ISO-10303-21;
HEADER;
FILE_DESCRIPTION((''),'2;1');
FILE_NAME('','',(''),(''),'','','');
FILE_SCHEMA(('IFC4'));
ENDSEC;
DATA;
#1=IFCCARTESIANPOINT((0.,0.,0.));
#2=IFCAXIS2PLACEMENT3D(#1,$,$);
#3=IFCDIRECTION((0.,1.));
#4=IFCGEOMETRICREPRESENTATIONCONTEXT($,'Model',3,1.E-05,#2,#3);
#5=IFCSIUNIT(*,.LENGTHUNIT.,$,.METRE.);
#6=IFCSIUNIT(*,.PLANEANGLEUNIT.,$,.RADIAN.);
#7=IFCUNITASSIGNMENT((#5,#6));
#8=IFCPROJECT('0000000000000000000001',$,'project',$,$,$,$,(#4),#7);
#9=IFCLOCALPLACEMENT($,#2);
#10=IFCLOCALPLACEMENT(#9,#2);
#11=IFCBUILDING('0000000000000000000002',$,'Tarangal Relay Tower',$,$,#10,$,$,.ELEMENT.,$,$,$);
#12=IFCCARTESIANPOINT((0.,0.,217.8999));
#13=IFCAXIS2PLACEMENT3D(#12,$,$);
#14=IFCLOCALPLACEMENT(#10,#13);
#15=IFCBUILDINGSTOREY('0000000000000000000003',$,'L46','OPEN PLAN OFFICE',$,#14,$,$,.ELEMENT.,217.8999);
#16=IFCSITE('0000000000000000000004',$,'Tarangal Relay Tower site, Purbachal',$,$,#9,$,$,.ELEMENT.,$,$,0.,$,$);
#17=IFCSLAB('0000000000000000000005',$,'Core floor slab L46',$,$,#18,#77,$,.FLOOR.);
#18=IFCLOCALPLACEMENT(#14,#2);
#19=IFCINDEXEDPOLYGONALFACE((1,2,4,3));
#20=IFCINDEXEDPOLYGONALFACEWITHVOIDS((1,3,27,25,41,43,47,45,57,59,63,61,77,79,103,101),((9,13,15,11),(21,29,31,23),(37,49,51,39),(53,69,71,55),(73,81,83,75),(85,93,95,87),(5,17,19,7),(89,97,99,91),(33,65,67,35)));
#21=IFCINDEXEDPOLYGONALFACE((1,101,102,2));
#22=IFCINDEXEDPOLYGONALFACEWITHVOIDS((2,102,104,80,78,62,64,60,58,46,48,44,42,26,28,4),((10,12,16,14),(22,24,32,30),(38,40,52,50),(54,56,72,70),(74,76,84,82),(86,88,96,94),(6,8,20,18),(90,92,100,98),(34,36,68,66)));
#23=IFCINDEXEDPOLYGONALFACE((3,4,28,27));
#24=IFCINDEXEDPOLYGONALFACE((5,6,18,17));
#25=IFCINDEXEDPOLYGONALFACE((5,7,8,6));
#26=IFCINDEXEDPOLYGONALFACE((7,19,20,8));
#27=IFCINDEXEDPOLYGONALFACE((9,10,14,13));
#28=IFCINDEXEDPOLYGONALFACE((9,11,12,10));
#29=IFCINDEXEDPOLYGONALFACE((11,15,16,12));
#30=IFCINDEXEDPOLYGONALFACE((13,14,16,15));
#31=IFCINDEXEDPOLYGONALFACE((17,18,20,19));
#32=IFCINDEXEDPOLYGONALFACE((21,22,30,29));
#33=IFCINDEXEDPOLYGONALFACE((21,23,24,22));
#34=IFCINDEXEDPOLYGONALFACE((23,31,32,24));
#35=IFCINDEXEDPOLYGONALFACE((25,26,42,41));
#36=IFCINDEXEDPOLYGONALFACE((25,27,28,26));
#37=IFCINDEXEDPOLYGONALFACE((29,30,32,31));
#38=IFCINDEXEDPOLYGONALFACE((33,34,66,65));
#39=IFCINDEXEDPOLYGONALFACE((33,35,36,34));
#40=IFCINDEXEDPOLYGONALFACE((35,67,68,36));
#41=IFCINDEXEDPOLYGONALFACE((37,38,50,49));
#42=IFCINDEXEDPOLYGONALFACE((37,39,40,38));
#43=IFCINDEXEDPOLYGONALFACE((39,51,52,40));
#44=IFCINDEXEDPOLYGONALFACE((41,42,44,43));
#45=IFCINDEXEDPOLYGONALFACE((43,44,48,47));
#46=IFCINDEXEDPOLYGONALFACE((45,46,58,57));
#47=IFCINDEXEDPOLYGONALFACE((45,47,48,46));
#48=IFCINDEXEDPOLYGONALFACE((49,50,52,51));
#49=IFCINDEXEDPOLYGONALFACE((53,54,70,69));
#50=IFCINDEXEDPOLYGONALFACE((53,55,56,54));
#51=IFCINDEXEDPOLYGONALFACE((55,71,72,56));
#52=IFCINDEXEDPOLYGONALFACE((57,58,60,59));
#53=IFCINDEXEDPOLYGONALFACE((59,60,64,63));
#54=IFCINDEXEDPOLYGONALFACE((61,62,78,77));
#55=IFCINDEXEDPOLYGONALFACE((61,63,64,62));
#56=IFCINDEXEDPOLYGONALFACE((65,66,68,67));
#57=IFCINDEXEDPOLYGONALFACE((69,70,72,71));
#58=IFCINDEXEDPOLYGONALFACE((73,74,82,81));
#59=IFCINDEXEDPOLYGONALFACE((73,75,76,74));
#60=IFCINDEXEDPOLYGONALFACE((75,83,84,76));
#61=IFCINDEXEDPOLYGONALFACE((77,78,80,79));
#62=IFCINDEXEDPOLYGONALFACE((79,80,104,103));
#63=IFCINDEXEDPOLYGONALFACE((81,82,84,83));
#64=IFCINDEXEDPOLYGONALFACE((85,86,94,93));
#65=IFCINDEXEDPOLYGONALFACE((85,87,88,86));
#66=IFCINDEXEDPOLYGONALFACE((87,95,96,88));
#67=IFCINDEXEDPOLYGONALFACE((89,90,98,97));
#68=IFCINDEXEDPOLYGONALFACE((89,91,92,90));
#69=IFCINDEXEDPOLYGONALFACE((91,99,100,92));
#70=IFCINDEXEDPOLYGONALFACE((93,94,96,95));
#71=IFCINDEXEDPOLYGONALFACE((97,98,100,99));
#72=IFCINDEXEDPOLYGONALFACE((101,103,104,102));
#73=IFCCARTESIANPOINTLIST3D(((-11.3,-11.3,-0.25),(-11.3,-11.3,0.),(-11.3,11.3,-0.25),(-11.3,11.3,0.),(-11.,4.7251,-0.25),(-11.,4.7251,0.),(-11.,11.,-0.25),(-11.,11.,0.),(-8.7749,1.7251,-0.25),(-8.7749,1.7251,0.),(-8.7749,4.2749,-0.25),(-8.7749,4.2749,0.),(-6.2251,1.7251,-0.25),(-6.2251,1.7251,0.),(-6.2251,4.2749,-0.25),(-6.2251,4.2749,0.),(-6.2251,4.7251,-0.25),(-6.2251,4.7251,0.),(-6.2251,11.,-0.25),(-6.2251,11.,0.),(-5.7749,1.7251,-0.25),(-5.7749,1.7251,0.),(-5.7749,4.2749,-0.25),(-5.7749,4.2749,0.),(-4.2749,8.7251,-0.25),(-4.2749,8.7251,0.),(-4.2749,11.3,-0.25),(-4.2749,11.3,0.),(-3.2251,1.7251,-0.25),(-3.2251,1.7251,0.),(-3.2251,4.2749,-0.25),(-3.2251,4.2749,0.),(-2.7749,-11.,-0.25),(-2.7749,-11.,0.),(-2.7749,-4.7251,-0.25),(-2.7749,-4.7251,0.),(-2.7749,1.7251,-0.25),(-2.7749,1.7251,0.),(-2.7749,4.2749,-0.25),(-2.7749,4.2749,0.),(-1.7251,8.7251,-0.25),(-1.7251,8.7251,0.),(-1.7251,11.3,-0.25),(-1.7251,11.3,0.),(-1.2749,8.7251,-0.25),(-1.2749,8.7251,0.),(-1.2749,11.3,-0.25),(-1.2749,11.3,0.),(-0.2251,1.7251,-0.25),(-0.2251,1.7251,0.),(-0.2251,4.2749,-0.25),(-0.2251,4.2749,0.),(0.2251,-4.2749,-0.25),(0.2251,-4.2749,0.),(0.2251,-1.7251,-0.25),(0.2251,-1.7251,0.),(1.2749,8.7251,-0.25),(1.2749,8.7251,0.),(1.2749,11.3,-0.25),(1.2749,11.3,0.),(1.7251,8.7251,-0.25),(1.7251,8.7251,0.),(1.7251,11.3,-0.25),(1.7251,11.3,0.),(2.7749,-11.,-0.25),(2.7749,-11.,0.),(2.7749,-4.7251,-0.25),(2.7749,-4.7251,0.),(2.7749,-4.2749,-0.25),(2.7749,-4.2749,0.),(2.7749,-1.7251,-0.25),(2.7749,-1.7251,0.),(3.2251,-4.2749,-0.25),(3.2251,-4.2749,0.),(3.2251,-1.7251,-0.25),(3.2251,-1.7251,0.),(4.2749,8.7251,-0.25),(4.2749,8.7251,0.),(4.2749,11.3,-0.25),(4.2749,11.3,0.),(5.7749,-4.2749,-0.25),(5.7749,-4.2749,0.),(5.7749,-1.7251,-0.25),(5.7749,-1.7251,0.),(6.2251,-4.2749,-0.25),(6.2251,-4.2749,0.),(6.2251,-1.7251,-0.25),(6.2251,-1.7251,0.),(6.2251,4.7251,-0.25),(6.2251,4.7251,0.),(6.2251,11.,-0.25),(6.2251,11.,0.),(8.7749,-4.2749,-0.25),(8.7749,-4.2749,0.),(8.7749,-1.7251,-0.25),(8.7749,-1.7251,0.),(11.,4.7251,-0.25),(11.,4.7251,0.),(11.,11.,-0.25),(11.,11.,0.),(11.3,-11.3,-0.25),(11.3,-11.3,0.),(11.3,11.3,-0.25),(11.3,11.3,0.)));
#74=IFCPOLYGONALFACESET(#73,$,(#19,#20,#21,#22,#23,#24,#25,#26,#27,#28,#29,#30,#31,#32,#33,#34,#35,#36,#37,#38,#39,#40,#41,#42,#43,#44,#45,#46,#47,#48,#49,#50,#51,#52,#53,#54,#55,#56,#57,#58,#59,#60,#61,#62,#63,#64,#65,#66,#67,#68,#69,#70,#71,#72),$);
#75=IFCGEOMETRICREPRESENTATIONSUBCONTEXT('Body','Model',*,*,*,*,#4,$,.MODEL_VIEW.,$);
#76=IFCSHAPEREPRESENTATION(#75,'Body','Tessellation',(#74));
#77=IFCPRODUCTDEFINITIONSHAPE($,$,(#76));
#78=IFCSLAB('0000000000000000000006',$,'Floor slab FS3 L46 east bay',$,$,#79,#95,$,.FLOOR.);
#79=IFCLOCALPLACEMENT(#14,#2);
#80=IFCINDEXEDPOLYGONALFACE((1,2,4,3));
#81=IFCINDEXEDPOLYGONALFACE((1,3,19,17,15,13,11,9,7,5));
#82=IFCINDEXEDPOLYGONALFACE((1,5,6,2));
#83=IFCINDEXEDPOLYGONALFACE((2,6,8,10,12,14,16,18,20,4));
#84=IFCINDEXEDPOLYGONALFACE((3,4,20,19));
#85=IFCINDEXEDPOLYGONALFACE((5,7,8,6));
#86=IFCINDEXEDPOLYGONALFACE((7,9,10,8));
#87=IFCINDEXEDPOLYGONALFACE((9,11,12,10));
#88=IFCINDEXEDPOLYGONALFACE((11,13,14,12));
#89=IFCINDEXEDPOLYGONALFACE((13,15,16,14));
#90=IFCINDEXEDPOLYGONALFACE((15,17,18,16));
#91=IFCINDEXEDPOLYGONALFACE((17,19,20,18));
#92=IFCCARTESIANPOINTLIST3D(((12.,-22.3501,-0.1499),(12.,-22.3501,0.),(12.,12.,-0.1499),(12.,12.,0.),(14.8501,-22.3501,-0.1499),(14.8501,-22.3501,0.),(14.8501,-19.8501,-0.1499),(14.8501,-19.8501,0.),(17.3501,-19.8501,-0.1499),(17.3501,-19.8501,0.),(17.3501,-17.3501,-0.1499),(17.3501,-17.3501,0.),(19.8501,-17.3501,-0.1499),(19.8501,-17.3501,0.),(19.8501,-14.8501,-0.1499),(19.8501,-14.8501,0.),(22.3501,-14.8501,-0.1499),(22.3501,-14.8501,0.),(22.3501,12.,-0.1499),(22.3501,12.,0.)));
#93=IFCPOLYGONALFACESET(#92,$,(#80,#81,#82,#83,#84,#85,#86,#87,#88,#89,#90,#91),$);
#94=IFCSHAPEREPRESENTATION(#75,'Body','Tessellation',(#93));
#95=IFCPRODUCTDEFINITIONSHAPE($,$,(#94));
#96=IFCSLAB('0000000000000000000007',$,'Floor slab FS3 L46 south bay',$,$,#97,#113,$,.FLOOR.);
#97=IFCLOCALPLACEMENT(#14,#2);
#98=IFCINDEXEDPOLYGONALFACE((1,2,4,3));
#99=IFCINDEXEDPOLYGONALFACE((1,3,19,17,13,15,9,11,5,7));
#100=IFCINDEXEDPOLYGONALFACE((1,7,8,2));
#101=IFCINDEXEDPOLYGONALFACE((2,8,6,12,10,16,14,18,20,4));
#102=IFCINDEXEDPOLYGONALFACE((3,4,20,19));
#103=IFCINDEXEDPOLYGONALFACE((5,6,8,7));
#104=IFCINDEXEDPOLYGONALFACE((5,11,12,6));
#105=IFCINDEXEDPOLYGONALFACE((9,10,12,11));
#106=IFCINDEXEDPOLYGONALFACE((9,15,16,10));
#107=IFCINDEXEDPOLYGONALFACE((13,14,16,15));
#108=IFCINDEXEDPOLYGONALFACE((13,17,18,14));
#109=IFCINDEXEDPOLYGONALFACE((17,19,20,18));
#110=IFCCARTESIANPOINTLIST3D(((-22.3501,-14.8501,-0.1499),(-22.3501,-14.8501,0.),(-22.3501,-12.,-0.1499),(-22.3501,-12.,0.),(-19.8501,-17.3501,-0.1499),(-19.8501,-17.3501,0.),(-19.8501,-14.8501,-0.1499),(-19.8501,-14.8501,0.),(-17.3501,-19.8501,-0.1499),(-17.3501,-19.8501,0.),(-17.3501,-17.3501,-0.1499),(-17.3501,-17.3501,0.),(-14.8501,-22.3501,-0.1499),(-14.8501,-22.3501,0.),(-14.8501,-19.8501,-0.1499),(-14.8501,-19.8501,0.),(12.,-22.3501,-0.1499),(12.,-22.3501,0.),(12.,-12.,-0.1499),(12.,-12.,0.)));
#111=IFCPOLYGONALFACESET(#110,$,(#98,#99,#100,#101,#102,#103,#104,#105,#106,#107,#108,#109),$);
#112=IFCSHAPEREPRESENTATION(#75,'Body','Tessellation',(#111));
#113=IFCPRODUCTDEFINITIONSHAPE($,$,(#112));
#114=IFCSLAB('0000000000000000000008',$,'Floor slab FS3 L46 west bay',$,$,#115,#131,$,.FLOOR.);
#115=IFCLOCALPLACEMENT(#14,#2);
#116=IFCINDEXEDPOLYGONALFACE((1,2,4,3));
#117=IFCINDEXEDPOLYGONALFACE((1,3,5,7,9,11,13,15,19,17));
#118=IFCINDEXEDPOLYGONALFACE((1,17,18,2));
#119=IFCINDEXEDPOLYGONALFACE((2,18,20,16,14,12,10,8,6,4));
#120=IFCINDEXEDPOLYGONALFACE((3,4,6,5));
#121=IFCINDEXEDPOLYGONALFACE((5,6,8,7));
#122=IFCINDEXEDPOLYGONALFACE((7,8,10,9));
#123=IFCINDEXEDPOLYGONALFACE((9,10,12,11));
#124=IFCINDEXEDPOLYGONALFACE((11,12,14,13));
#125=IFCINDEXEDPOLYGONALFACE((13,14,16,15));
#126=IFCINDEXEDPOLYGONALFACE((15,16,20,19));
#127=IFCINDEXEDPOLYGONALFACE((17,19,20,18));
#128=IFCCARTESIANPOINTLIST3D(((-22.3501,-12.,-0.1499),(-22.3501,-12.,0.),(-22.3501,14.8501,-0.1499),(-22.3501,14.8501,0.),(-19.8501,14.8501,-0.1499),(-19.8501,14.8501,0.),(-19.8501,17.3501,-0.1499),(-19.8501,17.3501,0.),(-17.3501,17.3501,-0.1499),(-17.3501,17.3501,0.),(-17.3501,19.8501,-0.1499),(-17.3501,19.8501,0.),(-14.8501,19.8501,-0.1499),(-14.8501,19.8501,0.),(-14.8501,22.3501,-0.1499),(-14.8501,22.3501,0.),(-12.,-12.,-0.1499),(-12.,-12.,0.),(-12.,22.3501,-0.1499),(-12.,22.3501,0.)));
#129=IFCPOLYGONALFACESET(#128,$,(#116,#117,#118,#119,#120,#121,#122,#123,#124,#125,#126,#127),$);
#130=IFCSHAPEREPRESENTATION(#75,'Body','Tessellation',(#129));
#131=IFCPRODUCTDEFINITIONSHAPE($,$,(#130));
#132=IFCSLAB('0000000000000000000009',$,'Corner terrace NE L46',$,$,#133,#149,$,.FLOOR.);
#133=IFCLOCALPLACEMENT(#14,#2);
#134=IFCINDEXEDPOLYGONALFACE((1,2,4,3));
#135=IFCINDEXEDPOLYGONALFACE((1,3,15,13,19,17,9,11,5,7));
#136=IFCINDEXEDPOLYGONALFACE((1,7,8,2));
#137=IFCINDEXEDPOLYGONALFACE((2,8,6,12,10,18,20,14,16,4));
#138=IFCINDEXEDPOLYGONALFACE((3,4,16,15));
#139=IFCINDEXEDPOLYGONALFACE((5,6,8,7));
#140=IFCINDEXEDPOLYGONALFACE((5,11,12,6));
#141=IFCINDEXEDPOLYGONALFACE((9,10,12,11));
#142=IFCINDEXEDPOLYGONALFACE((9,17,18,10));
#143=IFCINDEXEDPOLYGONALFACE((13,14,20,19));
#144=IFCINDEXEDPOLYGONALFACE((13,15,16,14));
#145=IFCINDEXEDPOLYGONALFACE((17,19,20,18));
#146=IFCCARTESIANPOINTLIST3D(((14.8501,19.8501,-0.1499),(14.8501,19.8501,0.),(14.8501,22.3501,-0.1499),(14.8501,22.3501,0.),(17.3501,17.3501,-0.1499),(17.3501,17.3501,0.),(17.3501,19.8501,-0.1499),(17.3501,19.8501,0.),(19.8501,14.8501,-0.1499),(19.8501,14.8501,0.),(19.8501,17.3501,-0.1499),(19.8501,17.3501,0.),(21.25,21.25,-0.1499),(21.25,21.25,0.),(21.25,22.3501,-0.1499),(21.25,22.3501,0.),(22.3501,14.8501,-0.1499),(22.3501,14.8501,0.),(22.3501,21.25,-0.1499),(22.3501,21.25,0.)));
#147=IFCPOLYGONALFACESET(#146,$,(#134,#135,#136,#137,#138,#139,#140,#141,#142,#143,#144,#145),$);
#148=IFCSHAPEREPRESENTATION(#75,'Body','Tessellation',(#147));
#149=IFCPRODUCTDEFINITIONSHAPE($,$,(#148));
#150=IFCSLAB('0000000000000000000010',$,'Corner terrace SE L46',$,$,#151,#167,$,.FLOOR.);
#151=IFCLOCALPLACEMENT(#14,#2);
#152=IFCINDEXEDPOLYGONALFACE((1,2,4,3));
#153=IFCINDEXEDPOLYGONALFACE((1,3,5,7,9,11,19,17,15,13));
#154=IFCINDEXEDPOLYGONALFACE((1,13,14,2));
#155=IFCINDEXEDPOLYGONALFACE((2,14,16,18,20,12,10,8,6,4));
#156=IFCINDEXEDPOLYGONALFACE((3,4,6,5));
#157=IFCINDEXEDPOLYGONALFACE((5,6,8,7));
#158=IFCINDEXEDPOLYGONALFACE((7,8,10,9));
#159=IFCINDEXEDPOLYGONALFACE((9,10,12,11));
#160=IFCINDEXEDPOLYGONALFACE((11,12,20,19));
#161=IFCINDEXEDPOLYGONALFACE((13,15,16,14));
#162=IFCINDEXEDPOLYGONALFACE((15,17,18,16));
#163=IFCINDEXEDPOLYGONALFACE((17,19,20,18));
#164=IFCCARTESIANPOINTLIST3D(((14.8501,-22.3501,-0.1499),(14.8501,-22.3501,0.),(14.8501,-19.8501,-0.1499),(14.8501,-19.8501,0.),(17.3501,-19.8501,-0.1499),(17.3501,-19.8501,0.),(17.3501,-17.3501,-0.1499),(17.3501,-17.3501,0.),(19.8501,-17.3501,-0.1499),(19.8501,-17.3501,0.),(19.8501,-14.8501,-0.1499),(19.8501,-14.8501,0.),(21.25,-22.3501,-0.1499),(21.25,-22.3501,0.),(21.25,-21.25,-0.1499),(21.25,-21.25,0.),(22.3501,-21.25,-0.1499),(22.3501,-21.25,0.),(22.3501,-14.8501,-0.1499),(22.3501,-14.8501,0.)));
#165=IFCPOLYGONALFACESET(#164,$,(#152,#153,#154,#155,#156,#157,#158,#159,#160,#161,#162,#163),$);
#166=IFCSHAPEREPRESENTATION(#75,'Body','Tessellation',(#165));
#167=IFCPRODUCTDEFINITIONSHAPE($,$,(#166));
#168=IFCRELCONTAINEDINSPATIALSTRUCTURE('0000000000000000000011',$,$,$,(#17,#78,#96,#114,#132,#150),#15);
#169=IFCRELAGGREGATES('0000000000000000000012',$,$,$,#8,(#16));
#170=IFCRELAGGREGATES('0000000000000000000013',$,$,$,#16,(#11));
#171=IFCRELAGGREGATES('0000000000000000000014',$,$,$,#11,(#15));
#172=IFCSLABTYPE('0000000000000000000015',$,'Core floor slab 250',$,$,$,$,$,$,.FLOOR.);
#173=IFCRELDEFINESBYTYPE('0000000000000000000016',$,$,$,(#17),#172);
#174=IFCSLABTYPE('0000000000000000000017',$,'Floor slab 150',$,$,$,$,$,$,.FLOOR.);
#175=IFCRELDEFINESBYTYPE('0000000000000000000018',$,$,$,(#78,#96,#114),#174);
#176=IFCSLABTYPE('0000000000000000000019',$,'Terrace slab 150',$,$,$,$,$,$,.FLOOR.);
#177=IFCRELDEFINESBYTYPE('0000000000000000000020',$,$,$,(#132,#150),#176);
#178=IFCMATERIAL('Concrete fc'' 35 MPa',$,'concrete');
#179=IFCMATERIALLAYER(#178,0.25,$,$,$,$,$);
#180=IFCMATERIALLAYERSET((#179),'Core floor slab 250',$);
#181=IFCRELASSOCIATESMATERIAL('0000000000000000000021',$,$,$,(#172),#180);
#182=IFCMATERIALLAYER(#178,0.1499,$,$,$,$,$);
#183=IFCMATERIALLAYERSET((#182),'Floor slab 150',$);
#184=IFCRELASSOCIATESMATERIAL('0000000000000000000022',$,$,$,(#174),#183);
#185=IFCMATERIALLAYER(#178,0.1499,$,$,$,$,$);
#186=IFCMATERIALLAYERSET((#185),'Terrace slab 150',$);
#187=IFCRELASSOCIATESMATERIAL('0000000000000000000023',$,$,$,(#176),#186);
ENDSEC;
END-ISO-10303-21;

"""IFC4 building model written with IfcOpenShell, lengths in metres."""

from ifc_helpers import new_model, si_unit, direction, frame, origin, place, context, subcontext, project, spatial, polyline, outline, extrude, material, layer, layer_set, type_object, element, save


model = new_model("IFC4")

# Units and contexts
model_context = context("Model", 3, precision=1e-05, world=origin(), true_north=direction((0.0, 1.0)))
body_context = subcontext(model_context, "Body", "Model", "MODEL_VIEW")
ifc_project = project(units=[si_unit("LENGTHUNIT", "METRE"), si_unit("PLANEANGLEUNIT", "RADIAN")], contexts=[model_context])

# Site, building, storey
site_placement = place(None, origin())
site = spatial("IfcSite", under=ifc_project, at=site_placement, Name="Tarangal Relay Tower site, Purbachal", CompositionType="ELEMENT", RefElevation=0.0)
building_placement = place(site_placement, origin())
building = spatial("IfcBuilding", under=site, at=building_placement, Name="Tarangal Relay Tower", CompositionType="ELEMENT")
storey_placement = place(building_placement, frame((0.0, 0.0, 217.8999)))
storey = spatial("IfcBuildingStorey", under=building, at=storey_placement, Name="L46", Description="OPEN PLAN OFFICE", CompositionType="ELEMENT", Elevation=217.8999)

# Slabs
ifc_material_1 = material(Name="Concrete fc' 35 MPa", Category="concrete")
ifc_layer_1 = layer(ifc_material_1, 0.25)
ifc_layer_set_1 = layer_set([ifc_layer_1], Name="Core floor slab 250")
slab_type_1 = type_object("IfcSlabType", Name="Core floor slab 250", PredefinedType="FLOOR", material=ifc_layer_set_1)
slab_1_placement = place(storey_placement, frame((0.0, 0.0, -0.25)))
element("IfcSlab", 1, at=slab_1_placement, inside=storey, type_object=slab_type_1, Name="Core floor slab L46", PredefinedType="FLOOR", context=body_context, shape_type="SweptSolid", body=[
    extrude(outline(polyline([(11.3, 11.3), (11.3, -11.3), (-11.3, -11.3), (-11.3, 11.3), (-4.2749, 11.3), (-4.2749, 8.7251), (-1.7251, 8.7251), (-1.7251, 11.3), (-1.2749, 11.3), (-1.2749, 8.7251), (1.2749, 8.7251), (1.2749, 11.3), (1.7251, 11.3), (1.7251, 8.7251), (4.2749, 8.7251), (4.2749, 11.3), (11.3, 11.3)]), holes=[polyline([(-6.2251, 4.2749), (-8.7749, 4.2749), (-8.7749, 1.7251), (-6.2251, 1.7251), (-6.2251, 4.2749)]), polyline([(-3.2251, 1.7251), (-3.2251, 4.2749), (-5.7749, 4.2749), (-5.7749, 1.7251), (-3.2251, 1.7251)]), polyline([(-0.2251, 1.7251), (-0.2251, 4.2749), (-2.7749, 4.2749), (-2.7749, 1.7251), (-0.2251, 1.7251)]), polyline([(-6.2251, 11.0), (-11.0, 11.0), (-11.0, 4.7251), (-6.2251, 4.7251), (-6.2251, 11.0)]), polyline([(2.7749, -4.7251), (-2.7749, -4.7251), (-2.7749, -11.0), (2.7749, -11.0), (2.7749, -4.7251)]), polyline([(2.7749, -4.2749), (2.7749, -1.7251), (0.2251, -1.7251), (0.2251, -4.2749), (2.7749, -4.2749)]), polyline([(5.7749, -4.2749), (5.7749, -1.7251), (3.2251, -1.7251), (3.2251, -4.2749), (5.7749, -4.2749)]), polyline([(8.7749, -1.7251), (6.2251, -1.7251), (6.2251, -4.2749), (8.7749, -4.2749), (8.7749, -1.7251)]), polyline([(11.0, 4.7251), (11.0, 11.0), (6.2251, 11.0), (6.2251, 4.7251), (11.0, 4.7251)])]), origin(), (0.0, 0.0, 1.0), 0.25),
])
ifc_layer_2 = layer(ifc_material_1, 0.1499)
ifc_layer_set_2 = layer_set([ifc_layer_2], Name="Floor slab 150")
slab_type_2 = type_object("IfcSlabType", Name="Floor slab 150", PredefinedType="FLOOR", material=ifc_layer_set_2)
slab_2_placement = place(storey_placement, frame((0.0, 0.0, -0.1499)))
element("IfcSlab", 2, at=slab_2_placement, inside=storey, type_object=slab_type_2, Name="Floor slab FS3 L46 east bay", PredefinedType="FLOOR", context=body_context, shape_type="SweptSolid", body=[
    extrude(outline(polyline([(22.3501, -14.8501), (19.8501, -14.8501), (19.8501, -17.3501), (17.3501, -17.3501), (17.3501, -19.8501), (14.8501, -19.8501), (14.8501, -22.3501), (12.0, -22.3501), (12.0, 12.0), (22.3501, 12.0), (22.3501, -14.8501)])), origin(), (0.0, 0.0, 1.0), 0.1499),
])
slab_3_placement = place(storey_placement, frame((0.0, 0.0, -0.1499)))
element("IfcSlab", 3, at=slab_3_placement, inside=storey, type_object=slab_type_2, Name="Floor slab FS3 L46 south bay", PredefinedType="FLOOR", context=body_context, shape_type="SweptSolid", body=[
    extrude(outline(polyline([(-14.8501, -22.3501), (-14.8501, -19.8501), (-17.3501, -19.8501), (-17.3501, -17.3501), (-19.8501, -17.3501), (-19.8501, -14.8501), (-22.3501, -14.8501), (-22.3501, -12.0), (12.0, -12.0), (12.0, -22.3501), (-14.8501, -22.3501)])), origin(), (0.0, 0.0, 1.0), 0.1499),
])
slab_4_placement = place(storey_placement, frame((0.0, 0.0, -0.1499)))
element("IfcSlab", 4, at=slab_4_placement, inside=storey, type_object=slab_type_2, Name="Floor slab FS3 L46 west bay", PredefinedType="FLOOR", context=body_context, shape_type="SweptSolid", body=[
    extrude(outline(polyline([(-12.0, 22.3501), (-12.0, -12.0), (-22.3501, -12.0), (-22.3501, 14.8501), (-19.8501, 14.8501), (-19.8501, 17.3501), (-17.3501, 17.3501), (-17.3501, 19.8501), (-14.8501, 19.8501), (-14.8501, 22.3501), (-12.0, 22.3501)])), origin(), (0.0, 0.0, 1.0), 0.1499),
])
ifc_layer_3 = layer(ifc_material_1, 0.1499)
ifc_layer_set_3 = layer_set([ifc_layer_3], Name="Terrace slab 150")
slab_type_3 = type_object("IfcSlabType", Name="Terrace slab 150", PredefinedType="FLOOR", material=ifc_layer_set_3)
slab_5_placement = place(storey_placement, frame((0.0, 0.0, -0.1499)))
element("IfcSlab", 5, at=slab_5_placement, inside=storey, type_object=slab_type_3, Name="Corner terrace NE L46", PredefinedType="FLOOR", context=body_context, shape_type="SweptSolid", body=[
    extrude(outline(polyline([(14.8501, 22.3501), (14.8501, 19.8501), (17.3501, 19.8501), (17.3501, 17.3501), (19.8501, 17.3501), (19.8501, 14.8501), (22.3501, 14.8501), (22.3501, 21.25), (21.25, 21.25), (21.25, 22.3501), (14.8501, 22.3501)])), origin(), (0.0, 0.0, 1.0), 0.1499),
])
slab_6_placement = place(storey_placement, frame((0.0, 0.0, -0.1499)))
element("IfcSlab", 6, at=slab_6_placement, inside=storey, type_object=slab_type_3, Name="Corner terrace SE L46", PredefinedType="FLOOR", context=body_context, shape_type="SweptSolid", body=[
    extrude(outline(polyline([(22.3501, -14.8501), (19.8501, -14.8501), (19.8501, -17.3501), (17.3501, -17.3501), (17.3501, -19.8501), (14.8501, -19.8501), (14.8501, -22.3501), (21.25, -22.3501), (21.25, -21.25), (22.3501, -21.25), (22.3501, -14.8501)])), origin(), (0.0, 0.0, 1.0), 0.1499),
])

save(model, "model.ifc")
